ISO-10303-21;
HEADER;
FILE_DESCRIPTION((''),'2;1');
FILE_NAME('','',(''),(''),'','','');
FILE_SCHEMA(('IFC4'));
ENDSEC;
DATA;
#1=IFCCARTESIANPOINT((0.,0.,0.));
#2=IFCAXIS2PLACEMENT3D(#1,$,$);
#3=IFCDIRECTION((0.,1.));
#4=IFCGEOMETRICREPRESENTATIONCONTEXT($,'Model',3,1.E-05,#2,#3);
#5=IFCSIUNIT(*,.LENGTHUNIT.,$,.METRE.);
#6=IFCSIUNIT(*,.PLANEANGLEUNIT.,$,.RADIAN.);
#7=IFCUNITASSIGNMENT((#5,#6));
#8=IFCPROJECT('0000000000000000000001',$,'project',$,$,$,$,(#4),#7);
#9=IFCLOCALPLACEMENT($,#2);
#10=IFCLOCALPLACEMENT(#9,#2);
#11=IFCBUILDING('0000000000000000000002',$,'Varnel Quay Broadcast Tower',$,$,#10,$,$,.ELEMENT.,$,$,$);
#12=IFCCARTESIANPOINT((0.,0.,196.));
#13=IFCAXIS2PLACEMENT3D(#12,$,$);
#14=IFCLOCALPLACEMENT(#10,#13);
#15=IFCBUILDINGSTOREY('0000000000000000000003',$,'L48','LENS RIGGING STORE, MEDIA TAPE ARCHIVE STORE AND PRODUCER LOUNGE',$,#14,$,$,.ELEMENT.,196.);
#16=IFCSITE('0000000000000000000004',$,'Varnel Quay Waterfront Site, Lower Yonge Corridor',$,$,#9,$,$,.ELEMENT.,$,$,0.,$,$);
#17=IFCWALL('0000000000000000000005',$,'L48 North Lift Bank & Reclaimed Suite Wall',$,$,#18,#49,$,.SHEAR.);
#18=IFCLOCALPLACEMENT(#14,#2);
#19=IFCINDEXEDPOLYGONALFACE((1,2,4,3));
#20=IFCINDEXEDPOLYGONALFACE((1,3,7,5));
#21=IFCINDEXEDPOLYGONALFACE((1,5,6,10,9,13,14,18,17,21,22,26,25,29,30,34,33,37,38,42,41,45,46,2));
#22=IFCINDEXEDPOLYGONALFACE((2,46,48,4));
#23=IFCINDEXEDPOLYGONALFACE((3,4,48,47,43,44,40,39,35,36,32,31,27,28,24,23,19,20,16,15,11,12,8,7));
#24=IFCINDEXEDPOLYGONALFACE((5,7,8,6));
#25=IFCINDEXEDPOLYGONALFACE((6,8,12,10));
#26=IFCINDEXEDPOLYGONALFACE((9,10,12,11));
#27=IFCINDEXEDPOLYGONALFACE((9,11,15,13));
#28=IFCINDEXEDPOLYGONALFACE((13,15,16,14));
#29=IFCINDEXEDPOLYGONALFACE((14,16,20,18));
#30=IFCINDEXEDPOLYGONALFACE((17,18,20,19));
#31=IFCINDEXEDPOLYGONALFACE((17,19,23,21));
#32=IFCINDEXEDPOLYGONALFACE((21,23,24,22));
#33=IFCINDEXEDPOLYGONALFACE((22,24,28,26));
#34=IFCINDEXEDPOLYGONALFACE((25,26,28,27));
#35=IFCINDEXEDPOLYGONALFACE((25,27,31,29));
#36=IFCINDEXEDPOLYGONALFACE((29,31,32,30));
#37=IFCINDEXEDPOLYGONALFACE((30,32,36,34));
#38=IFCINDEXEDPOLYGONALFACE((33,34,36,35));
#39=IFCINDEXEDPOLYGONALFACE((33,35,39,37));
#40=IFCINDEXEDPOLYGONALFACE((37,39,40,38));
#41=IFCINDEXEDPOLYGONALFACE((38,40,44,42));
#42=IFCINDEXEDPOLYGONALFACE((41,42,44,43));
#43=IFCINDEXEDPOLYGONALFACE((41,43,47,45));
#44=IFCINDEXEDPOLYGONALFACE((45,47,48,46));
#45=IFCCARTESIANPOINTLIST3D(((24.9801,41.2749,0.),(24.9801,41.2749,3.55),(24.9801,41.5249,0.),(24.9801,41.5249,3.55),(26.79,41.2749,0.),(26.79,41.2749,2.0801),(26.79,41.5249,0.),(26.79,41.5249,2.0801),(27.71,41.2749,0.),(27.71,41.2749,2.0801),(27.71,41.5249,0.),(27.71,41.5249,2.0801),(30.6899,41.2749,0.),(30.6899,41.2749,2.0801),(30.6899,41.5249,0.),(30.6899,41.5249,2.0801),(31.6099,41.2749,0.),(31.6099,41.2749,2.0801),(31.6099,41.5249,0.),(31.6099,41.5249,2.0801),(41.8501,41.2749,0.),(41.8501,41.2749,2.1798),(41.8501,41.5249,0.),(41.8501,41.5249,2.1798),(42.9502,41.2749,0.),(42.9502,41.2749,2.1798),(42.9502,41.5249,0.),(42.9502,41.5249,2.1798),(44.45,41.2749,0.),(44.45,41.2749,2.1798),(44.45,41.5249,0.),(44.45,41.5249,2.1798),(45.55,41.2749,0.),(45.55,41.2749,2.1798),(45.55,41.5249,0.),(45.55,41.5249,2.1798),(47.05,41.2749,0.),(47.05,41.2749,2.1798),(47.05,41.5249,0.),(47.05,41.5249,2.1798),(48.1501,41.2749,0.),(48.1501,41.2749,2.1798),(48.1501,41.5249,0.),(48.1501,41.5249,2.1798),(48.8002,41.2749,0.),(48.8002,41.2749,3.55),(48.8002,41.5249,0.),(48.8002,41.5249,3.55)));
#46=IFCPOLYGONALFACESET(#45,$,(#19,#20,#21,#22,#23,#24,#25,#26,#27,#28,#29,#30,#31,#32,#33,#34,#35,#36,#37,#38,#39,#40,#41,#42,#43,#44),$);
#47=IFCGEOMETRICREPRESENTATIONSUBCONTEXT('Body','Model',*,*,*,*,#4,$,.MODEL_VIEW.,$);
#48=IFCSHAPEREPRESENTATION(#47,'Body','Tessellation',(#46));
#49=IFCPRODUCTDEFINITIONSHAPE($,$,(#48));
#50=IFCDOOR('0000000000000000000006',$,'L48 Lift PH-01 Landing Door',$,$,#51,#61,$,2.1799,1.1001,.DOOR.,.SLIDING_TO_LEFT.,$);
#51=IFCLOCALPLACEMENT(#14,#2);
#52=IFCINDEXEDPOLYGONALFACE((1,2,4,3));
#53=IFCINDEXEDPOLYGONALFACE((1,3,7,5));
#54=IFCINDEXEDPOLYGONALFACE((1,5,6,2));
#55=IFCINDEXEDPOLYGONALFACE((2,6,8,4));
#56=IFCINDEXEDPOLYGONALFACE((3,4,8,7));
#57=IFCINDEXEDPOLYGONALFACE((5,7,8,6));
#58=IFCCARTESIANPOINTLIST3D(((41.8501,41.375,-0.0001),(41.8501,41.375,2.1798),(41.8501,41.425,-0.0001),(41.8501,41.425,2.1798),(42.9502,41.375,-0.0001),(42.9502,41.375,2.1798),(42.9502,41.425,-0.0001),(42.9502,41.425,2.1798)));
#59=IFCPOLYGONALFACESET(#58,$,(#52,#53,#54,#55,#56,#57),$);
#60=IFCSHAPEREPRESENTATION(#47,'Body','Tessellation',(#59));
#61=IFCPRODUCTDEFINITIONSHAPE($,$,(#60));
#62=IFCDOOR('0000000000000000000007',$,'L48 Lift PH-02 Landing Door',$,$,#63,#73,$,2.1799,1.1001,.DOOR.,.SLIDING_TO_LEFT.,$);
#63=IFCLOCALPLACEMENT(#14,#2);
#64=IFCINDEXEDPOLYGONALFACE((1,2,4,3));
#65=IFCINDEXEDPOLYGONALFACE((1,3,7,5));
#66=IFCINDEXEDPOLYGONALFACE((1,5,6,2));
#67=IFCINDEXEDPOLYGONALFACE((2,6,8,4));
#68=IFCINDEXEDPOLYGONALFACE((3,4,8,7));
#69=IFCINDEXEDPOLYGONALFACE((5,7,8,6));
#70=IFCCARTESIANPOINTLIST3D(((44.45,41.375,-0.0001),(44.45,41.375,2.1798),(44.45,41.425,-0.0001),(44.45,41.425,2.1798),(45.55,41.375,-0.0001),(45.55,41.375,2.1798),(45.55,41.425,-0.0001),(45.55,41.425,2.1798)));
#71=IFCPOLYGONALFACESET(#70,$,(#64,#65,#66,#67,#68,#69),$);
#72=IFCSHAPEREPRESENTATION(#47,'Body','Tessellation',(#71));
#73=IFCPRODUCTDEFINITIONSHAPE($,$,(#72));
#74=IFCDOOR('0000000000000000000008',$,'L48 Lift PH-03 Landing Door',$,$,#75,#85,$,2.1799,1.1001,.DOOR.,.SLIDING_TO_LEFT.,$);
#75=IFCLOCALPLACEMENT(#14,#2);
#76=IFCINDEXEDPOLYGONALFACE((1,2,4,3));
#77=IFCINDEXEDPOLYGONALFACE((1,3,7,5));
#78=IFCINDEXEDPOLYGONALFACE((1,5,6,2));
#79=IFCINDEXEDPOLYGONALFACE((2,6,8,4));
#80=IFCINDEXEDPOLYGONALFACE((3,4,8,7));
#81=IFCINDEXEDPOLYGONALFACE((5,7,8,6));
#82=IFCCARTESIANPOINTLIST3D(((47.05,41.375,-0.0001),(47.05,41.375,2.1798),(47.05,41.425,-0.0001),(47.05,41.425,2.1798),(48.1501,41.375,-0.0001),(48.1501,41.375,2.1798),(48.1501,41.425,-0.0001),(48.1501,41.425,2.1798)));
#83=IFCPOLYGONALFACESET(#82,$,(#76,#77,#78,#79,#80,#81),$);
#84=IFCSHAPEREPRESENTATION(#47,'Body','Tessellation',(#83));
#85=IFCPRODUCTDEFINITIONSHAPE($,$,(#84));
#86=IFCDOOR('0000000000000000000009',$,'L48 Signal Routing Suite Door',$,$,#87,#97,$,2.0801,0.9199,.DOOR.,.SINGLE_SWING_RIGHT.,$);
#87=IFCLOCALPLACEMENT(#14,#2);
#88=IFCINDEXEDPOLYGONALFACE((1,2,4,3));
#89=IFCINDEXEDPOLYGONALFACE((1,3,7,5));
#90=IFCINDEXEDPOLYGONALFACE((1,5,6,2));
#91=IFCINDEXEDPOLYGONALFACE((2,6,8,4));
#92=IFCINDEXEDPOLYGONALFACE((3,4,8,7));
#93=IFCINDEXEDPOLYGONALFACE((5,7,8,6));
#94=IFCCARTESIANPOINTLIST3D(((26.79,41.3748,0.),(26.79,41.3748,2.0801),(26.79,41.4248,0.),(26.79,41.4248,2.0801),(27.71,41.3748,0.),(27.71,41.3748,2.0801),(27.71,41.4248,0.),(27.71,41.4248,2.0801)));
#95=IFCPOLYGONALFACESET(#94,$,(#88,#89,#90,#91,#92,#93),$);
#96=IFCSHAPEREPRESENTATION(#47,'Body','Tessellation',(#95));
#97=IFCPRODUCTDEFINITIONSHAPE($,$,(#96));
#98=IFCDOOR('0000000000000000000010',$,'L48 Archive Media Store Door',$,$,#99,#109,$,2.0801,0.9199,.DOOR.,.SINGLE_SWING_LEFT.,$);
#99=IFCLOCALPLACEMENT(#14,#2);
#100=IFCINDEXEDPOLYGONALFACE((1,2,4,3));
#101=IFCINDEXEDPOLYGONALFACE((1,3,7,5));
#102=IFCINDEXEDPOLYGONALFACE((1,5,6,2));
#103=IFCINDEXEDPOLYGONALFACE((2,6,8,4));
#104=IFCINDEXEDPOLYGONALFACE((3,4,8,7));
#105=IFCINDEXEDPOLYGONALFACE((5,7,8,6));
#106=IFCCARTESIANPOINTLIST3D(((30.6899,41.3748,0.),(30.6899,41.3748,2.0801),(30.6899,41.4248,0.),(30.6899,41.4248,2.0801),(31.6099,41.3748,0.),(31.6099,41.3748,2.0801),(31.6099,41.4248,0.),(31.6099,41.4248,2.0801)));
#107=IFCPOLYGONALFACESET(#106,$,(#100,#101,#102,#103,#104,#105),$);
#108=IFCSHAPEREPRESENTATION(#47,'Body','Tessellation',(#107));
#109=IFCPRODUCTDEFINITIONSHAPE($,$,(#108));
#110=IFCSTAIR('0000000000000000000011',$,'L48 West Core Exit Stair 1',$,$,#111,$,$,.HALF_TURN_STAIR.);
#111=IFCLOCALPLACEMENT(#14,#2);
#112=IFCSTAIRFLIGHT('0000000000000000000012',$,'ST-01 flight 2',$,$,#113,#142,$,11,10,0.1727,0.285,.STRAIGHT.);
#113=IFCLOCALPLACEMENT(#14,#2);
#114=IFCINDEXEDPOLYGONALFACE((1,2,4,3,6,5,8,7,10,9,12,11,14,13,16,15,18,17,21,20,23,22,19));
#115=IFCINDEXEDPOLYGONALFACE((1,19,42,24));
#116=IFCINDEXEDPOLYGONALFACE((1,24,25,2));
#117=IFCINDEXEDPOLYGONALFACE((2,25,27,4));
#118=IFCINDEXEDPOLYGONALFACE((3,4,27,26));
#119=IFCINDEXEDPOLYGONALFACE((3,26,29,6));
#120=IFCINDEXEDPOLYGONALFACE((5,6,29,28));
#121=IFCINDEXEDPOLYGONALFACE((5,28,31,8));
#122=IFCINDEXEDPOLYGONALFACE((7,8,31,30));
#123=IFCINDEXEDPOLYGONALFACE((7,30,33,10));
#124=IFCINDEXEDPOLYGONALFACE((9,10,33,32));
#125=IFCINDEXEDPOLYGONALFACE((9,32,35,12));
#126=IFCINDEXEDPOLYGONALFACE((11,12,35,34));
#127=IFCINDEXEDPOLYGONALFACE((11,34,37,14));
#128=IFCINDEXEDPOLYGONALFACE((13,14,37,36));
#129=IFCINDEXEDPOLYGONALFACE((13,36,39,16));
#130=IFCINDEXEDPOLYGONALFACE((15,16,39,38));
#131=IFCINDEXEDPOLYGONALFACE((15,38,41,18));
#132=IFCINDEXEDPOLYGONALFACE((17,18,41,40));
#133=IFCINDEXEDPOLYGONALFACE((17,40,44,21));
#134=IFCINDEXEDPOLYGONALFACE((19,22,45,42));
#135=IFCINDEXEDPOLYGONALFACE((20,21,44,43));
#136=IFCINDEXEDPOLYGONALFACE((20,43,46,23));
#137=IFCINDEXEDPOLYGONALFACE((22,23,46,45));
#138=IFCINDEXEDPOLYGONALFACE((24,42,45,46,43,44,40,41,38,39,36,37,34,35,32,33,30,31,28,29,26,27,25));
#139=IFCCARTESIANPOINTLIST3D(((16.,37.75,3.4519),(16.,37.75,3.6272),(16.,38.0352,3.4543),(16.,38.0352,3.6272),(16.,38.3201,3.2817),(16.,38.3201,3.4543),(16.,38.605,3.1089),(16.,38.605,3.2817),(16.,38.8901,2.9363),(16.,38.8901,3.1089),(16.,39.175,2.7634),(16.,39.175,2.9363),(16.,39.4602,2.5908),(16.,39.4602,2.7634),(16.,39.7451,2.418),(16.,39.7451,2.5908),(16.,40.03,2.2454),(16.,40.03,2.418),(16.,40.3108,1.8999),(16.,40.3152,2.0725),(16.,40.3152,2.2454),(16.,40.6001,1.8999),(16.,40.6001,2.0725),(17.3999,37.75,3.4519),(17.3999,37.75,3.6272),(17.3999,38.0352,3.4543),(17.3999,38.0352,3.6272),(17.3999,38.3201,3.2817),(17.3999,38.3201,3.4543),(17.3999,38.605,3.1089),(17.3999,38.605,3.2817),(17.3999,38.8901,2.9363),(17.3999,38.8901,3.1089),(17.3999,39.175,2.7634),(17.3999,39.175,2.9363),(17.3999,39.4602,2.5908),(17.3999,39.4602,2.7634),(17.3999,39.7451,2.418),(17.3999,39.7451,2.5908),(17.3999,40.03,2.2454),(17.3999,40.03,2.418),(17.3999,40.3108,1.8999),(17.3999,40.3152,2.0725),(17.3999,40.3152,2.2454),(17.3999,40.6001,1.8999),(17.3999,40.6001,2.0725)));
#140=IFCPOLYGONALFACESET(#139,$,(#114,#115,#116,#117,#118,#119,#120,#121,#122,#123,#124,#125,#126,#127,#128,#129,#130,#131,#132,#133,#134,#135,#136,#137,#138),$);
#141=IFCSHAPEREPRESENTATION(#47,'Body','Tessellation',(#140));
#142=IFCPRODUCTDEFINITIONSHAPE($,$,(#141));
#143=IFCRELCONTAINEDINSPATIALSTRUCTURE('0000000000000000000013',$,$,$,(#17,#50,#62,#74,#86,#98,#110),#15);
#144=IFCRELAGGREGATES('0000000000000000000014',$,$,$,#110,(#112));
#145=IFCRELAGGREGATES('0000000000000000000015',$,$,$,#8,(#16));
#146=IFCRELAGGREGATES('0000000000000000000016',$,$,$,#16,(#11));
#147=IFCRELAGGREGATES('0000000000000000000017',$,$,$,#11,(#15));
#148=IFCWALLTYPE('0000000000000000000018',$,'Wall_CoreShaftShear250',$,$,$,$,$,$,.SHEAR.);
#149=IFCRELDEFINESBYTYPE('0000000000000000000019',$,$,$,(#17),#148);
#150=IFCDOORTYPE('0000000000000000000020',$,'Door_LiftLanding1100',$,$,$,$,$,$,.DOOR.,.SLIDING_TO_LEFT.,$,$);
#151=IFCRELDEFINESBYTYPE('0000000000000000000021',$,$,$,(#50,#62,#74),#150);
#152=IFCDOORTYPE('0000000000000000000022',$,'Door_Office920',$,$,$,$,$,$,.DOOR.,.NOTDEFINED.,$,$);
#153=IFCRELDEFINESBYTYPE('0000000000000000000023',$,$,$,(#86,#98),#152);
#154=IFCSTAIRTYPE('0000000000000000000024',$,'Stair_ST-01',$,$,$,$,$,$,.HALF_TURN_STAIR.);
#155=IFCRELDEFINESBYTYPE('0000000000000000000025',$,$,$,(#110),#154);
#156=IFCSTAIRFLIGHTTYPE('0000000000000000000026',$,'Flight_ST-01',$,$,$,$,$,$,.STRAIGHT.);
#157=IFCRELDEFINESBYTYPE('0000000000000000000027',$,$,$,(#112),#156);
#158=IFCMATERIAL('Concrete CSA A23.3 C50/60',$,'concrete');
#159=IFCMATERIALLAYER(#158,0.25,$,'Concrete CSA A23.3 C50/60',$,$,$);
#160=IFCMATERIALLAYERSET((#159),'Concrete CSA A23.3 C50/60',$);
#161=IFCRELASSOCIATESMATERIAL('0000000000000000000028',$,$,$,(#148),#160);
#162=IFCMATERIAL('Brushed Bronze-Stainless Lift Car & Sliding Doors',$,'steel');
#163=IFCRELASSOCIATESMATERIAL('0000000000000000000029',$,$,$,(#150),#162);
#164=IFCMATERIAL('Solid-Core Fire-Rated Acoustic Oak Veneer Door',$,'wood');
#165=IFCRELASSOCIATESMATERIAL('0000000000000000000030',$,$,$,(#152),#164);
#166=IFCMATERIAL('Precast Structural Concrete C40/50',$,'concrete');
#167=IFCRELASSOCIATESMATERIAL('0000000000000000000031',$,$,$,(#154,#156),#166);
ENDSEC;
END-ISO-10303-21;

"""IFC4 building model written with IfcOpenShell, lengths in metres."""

from ifc_helpers import new_model, si_unit, direction, frame, frame_2d, origin, place, context, subcontext, project, spatial, polyline, rectangle, outline, extrude, source, transform, mapped, material, layer, layer_set, type_object, type_shapes, element, fill, aggregate, save


model = new_model("IFC4")

# Units and contexts
model_context = context("Model", 3, precision=1e-05, world=origin(), true_north=direction((0.0, 1.0)))
body_context = subcontext(model_context, "Body", "Model", "MODEL_VIEW")
ifc_project = project(units=[si_unit("LENGTHUNIT", "METRE"), si_unit("PLANEANGLEUNIT", "RADIAN")], contexts=[model_context])

# Site, building, storey
site_placement = place(None, origin())
site = spatial("IfcSite", under=ifc_project, at=site_placement, Name="Varnel Quay Waterfront Site, Lower Yonge Corridor", CompositionType="ELEMENT", RefElevation=0.0)
building_placement = place(site_placement, origin())
building = spatial("IfcBuilding", under=site, at=building_placement, Name="Varnel Quay Broadcast Tower", CompositionType="ELEMENT")
storey_placement = place(building_placement, frame((0.0, 0.0, 196.0)))
storey = spatial("IfcBuildingStorey", under=building, at=storey_placement, Name="L48", Description="LENS RIGGING STORE, MEDIA TAPE ARCHIVE STORE AND PRODUCER LOUNGE", CompositionType="ELEMENT", Elevation=196.0)

# Shared definitions
ifc_material_1 = material(Name="Concrete CSA A23.3 C50/60", Category="concrete")

# Wall, openings, doors
ifc_layer_1 = layer(ifc_material_1, 0.25, Name="Concrete CSA A23.3 C50/60")
ifc_layer_set_1 = layer_set([ifc_layer_1], Name="Concrete CSA A23.3 C50/60")
wall_type_1 = type_object("IfcWallType", Name="Wall_CoreShaftShear250", PredefinedType="SHEAR", material=ifc_layer_set_1)
wall_1_placement = place(storey_placement, frame((24.98, 41.3999, 0.0), z_axis=(0.0, 0.0, 1.0), x_axis=(1.0, 0.0, 0.0)))
wall_1 = element("IfcWall", 1, at=wall_1_placement, inside=storey, type_object=wall_type_1, Name="L48 North Lift Bank & Reclaimed Suite Wall", PredefinedType="SHEAR", context=body_context, shape_type="SweptSolid", body=[
    extrude(rectangle(XDim=23.8201, YDim=0.25, at=frame_2d((11.9102, 0.0))), origin(), (0.0, 0.0, 1.0), 3.55),
])
opening_1_placement = place(wall_1_placement, frame((16.8701, 0.0, 0.0)))
opening_1 = element("IfcOpeningElement", 2, at=opening_1_placement, cuts=wall_1, PredefinedType="OPENING", context=body_context, shape_type="SweptSolid", body=[
    extrude(rectangle(XDim=1.1001, YDim=2.1799, at=frame_2d((0.55, 1.0898))), frame((0.0, 0.135, 0.0), z_axis=(0.0, -1.0, 0.0), x_axis=(1.0, 0.0, 0.0)), (0.0, 0.0, 1.0), 0.27),
])
opening_2_placement = place(wall_1_placement, frame((19.47, 0.0, 0.0)))
opening_2 = element("IfcOpeningElement", 3, at=opening_2_placement, cuts=wall_1, PredefinedType="OPENING", context=body_context, shape_type="SweptSolid", body=[
    extrude(rectangle(XDim=1.1001, YDim=2.1799, at=frame_2d((0.55, 1.0898))), frame((0.0, 0.135, 0.0), z_axis=(0.0, -1.0, 0.0), x_axis=(1.0, 0.0, 0.0)), (0.0, 0.0, 1.0), 0.27),
])
opening_3_placement = place(wall_1_placement, frame((22.0701, 0.0, 0.0)))
opening_3 = element("IfcOpeningElement", 4, at=opening_3_placement, cuts=wall_1, PredefinedType="OPENING", context=body_context, shape_type="SweptSolid", body=[
    extrude(rectangle(XDim=1.1001, YDim=2.1799, at=frame_2d((0.55, 1.0898))), frame((0.0, 0.135, 0.0), z_axis=(0.0, -1.0, 0.0), x_axis=(1.0, 0.0, 0.0)), (0.0, 0.0, 1.0), 0.27),
])
opening_4_placement = place(wall_1_placement, frame((1.8101, 0.0, 0.0)))
opening_4 = element("IfcOpeningElement", 5, at=opening_4_placement, cuts=wall_1, PredefinedType="OPENING", context=body_context, shape_type="SweptSolid", body=[
    extrude(rectangle(XDim=0.9199, YDim=2.0801, at=frame_2d((0.46, 1.04))), frame((0.0, 0.135, 0.0), z_axis=(0.0, -1.0, 0.0), x_axis=(1.0, 0.0, 0.0)), (0.0, 0.0, 1.0), 0.27),
])
opening_5_placement = place(wall_1_placement, frame((5.71, 0.0, 0.0)))
opening_5 = element("IfcOpeningElement", 6, at=opening_5_placement, cuts=wall_1, PredefinedType="OPENING", context=body_context, shape_type="SweptSolid", body=[
    extrude(rectangle(XDim=0.9199, YDim=2.0801, at=frame_2d((0.46, 1.04))), frame((0.0, 0.135, 0.0), z_axis=(0.0, -1.0, 0.0), x_axis=(1.0, 0.0, 0.0)), (0.0, 0.0, 1.0), 0.27),
])
ifc_material_2 = material(Name="Brushed Bronze-Stainless Lift Car & Sliding Doors", Category="steel")
door_type_1 = type_object("IfcDoorType", Name="Door_LiftLanding1100", OperationType="SLIDING_TO_LEFT", PredefinedType="DOOR", material=ifc_material_2)
shared_shape_1 = source(origin(), body_context, "Body", "SweptSolid", [
    extrude(rectangle(XDim=1.1001, YDim=2.1799, at=frame_2d((0.55, 1.0898))), frame((0.0, 0.0249, 0.0), z_axis=(0.0, -1.0, 0.0), x_axis=(1.0, 0.0, 0.0)), (0.0, 0.0, 1.0), 0.05),
])
type_shapes(door_type_1, [shared_shape_1])
door_1_placement = place(opening_1_placement, frame((1.1001, 0.0, 0.0), z_axis=(0.0, 0.0, 1.0), x_axis=(-1.0, 0.0, 0.0)))
door_1 = element("IfcDoor", 7, at=door_1_placement, inside=storey, type_object=door_type_1, Name="L48 Lift PH-01 Landing Door", OperationType="SLIDING_TO_LEFT", OverallHeight=2.1799, OverallWidth=1.1001, PredefinedType="DOOR", context=body_context, shape_type="MappedRepresentation", body=[
    mapped(shared_shape_1, transform((0.0, 0.0, 0.0), x_axis=(1.0, 0.0, 0.0), y_axis=(0.0, 1.0, 0.0), z_axis=(0.0, 0.0, 1.0), scale=1.0)),
])
fill(opening_1, door_1)
door_2_placement = place(opening_2_placement, frame((1.1001, 0.0, 0.0), z_axis=(0.0, 0.0, 1.0), x_axis=(-1.0, 0.0, 0.0)))
door_2 = element("IfcDoor", 8, at=door_2_placement, inside=storey, type_object=door_type_1, Name="L48 Lift PH-02 Landing Door", OperationType="SLIDING_TO_LEFT", OverallHeight=2.1799, OverallWidth=1.1001, PredefinedType="DOOR", context=body_context, shape_type="MappedRepresentation", body=[
    mapped(shared_shape_1, transform((0.0, 0.0, 0.0), x_axis=(1.0, 0.0, 0.0), y_axis=(0.0, 1.0, 0.0), z_axis=(0.0, 0.0, 1.0), scale=1.0)),
])
fill(opening_2, door_2)
door_3_placement = place(opening_3_placement, frame((1.1001, 0.0, 0.0), z_axis=(0.0, 0.0, 1.0), x_axis=(-1.0, 0.0, 0.0)))
door_3 = element("IfcDoor", 9, at=door_3_placement, inside=storey, type_object=door_type_1, Name="L48 Lift PH-03 Landing Door", OperationType="SLIDING_TO_LEFT", OverallHeight=2.1799, OverallWidth=1.1001, PredefinedType="DOOR", context=body_context, shape_type="MappedRepresentation", body=[
    mapped(shared_shape_1, transform((0.0, 0.0, 0.0), x_axis=(1.0, 0.0, 0.0), y_axis=(0.0, 1.0, 0.0), z_axis=(0.0, 0.0, 1.0), scale=1.0)),
])
fill(opening_3, door_3)
ifc_material_3 = material(Name="Solid-Core Fire-Rated Acoustic Oak Veneer Door", Category="wood")
door_type_2 = type_object("IfcDoorType", Name="Door_Office920", OperationType="NOTDEFINED", PredefinedType="DOOR", material=ifc_material_3)
shared_shape_2 = source(origin(), body_context, "Body", "SweptSolid", [
    extrude(rectangle(XDim=0.9199, YDim=2.0801, at=frame_2d((0.46, 1.04))), frame((0.0, 0.0249, 0.0), z_axis=(0.0, -1.0, 0.0), x_axis=(1.0, 0.0, 0.0)), (0.0, 0.0, 1.0), 0.05),
])
type_shapes(door_type_2, [shared_shape_2])
door_4_placement = place(opening_4_placement, origin())
door_4 = element("IfcDoor", 10, at=door_4_placement, inside=storey, type_object=door_type_2, Name="L48 Signal Routing Suite Door", OperationType="SINGLE_SWING_RIGHT", OverallHeight=2.0801, OverallWidth=0.9199, PredefinedType="DOOR", context=body_context, shape_type="MappedRepresentation", body=[
    mapped(shared_shape_2, transform((0.0, 0.0, 0.0), x_axis=(1.0, 0.0, 0.0), y_axis=(0.0, 1.0, 0.0), z_axis=(0.0, 0.0, 1.0), scale=1.0)),
])
fill(opening_4, door_4)
door_5_placement = place(opening_5_placement, origin())
door_5 = element("IfcDoor", 11, at=door_5_placement, inside=storey, type_object=door_type_2, Name="L48 Archive Media Store Door", OperationType="SINGLE_SWING_LEFT", OverallHeight=2.0801, OverallWidth=0.9199, PredefinedType="DOOR", context=body_context, shape_type="MappedRepresentation", body=[
    mapped(shared_shape_2, transform((0.0, 0.0, 0.0), x_axis=(1.0, 0.0, 0.0), y_axis=(0.0, 1.0, 0.0), z_axis=(0.0, 0.0, 1.0), scale=1.0)),
])
fill(opening_5, door_5)

# Stair, stair flight
ifc_material_4 = material(Name="Precast Structural Concrete C40/50", Category="concrete")
stair_type = type_object("IfcStairType", Name="Stair_ST-01", PredefinedType="HALF_TURN_STAIR", material=ifc_material_4)
stair_placement = place(storey_placement, origin())
stair = element("IfcStair", 12, at=stair_placement, inside=storey, type_object=stair_type, Name="L48 West Core Exit Stair 1", PredefinedType="HALF_TURN_STAIR")
stair_flight_type = type_object("IfcStairFlightType", Name="Flight_ST-01", PredefinedType="STRAIGHT", material=ifc_material_4)
stair_flight_placement = place(storey_placement, frame((16.7, 40.6001, 1.8999), z_axis=(0.0, 0.0, 1.0), x_axis=(0.0, -1.0, 0.0)))
stair_flight = element("IfcStairFlight", 13, at=stair_flight_placement, type_object=stair_flight_type, Name="ST-01 flight 2", NumberOfRisers=11, NumberOfTreads=10, PredefinedType="STRAIGHT", RiserHeight=0.1727, TreadLength=0.285, context=body_context, shape_type="SweptSolid", body=[
    extrude(outline(polyline([(0.0, 0.0), (0.0, 0.1726), (0.2849, 0.1726), (0.2849, 0.3455), (0.5701, 0.3455), (0.5701, 0.5181), (0.855, 0.5181), (0.855, 0.6909), (1.1399, 0.6909), (1.1399, 0.8635), (1.425, 0.8635), (1.425, 1.0364), (1.71, 1.0364), (1.71, 1.209), (1.9951, 1.209), (1.9951, 1.3818), (2.28, 1.3818), (2.28, 1.5544), (2.5649, 1.5544), (2.5649, 1.7273), (2.8501, 1.7273), (2.8501, 1.8999), (2.8501, 1.552), (0.2893, 0.0), (0.0, 0.0)])), frame((0.0, 0.7, 0.0), z_axis=(0.0, -1.0, 0.0), x_axis=(1.0, 0.0, 0.0)), (0.0, 0.0, 1.0), 1.3999),
])
aggregate(stair, [stair_flight])

save(model, "model.ifc")
